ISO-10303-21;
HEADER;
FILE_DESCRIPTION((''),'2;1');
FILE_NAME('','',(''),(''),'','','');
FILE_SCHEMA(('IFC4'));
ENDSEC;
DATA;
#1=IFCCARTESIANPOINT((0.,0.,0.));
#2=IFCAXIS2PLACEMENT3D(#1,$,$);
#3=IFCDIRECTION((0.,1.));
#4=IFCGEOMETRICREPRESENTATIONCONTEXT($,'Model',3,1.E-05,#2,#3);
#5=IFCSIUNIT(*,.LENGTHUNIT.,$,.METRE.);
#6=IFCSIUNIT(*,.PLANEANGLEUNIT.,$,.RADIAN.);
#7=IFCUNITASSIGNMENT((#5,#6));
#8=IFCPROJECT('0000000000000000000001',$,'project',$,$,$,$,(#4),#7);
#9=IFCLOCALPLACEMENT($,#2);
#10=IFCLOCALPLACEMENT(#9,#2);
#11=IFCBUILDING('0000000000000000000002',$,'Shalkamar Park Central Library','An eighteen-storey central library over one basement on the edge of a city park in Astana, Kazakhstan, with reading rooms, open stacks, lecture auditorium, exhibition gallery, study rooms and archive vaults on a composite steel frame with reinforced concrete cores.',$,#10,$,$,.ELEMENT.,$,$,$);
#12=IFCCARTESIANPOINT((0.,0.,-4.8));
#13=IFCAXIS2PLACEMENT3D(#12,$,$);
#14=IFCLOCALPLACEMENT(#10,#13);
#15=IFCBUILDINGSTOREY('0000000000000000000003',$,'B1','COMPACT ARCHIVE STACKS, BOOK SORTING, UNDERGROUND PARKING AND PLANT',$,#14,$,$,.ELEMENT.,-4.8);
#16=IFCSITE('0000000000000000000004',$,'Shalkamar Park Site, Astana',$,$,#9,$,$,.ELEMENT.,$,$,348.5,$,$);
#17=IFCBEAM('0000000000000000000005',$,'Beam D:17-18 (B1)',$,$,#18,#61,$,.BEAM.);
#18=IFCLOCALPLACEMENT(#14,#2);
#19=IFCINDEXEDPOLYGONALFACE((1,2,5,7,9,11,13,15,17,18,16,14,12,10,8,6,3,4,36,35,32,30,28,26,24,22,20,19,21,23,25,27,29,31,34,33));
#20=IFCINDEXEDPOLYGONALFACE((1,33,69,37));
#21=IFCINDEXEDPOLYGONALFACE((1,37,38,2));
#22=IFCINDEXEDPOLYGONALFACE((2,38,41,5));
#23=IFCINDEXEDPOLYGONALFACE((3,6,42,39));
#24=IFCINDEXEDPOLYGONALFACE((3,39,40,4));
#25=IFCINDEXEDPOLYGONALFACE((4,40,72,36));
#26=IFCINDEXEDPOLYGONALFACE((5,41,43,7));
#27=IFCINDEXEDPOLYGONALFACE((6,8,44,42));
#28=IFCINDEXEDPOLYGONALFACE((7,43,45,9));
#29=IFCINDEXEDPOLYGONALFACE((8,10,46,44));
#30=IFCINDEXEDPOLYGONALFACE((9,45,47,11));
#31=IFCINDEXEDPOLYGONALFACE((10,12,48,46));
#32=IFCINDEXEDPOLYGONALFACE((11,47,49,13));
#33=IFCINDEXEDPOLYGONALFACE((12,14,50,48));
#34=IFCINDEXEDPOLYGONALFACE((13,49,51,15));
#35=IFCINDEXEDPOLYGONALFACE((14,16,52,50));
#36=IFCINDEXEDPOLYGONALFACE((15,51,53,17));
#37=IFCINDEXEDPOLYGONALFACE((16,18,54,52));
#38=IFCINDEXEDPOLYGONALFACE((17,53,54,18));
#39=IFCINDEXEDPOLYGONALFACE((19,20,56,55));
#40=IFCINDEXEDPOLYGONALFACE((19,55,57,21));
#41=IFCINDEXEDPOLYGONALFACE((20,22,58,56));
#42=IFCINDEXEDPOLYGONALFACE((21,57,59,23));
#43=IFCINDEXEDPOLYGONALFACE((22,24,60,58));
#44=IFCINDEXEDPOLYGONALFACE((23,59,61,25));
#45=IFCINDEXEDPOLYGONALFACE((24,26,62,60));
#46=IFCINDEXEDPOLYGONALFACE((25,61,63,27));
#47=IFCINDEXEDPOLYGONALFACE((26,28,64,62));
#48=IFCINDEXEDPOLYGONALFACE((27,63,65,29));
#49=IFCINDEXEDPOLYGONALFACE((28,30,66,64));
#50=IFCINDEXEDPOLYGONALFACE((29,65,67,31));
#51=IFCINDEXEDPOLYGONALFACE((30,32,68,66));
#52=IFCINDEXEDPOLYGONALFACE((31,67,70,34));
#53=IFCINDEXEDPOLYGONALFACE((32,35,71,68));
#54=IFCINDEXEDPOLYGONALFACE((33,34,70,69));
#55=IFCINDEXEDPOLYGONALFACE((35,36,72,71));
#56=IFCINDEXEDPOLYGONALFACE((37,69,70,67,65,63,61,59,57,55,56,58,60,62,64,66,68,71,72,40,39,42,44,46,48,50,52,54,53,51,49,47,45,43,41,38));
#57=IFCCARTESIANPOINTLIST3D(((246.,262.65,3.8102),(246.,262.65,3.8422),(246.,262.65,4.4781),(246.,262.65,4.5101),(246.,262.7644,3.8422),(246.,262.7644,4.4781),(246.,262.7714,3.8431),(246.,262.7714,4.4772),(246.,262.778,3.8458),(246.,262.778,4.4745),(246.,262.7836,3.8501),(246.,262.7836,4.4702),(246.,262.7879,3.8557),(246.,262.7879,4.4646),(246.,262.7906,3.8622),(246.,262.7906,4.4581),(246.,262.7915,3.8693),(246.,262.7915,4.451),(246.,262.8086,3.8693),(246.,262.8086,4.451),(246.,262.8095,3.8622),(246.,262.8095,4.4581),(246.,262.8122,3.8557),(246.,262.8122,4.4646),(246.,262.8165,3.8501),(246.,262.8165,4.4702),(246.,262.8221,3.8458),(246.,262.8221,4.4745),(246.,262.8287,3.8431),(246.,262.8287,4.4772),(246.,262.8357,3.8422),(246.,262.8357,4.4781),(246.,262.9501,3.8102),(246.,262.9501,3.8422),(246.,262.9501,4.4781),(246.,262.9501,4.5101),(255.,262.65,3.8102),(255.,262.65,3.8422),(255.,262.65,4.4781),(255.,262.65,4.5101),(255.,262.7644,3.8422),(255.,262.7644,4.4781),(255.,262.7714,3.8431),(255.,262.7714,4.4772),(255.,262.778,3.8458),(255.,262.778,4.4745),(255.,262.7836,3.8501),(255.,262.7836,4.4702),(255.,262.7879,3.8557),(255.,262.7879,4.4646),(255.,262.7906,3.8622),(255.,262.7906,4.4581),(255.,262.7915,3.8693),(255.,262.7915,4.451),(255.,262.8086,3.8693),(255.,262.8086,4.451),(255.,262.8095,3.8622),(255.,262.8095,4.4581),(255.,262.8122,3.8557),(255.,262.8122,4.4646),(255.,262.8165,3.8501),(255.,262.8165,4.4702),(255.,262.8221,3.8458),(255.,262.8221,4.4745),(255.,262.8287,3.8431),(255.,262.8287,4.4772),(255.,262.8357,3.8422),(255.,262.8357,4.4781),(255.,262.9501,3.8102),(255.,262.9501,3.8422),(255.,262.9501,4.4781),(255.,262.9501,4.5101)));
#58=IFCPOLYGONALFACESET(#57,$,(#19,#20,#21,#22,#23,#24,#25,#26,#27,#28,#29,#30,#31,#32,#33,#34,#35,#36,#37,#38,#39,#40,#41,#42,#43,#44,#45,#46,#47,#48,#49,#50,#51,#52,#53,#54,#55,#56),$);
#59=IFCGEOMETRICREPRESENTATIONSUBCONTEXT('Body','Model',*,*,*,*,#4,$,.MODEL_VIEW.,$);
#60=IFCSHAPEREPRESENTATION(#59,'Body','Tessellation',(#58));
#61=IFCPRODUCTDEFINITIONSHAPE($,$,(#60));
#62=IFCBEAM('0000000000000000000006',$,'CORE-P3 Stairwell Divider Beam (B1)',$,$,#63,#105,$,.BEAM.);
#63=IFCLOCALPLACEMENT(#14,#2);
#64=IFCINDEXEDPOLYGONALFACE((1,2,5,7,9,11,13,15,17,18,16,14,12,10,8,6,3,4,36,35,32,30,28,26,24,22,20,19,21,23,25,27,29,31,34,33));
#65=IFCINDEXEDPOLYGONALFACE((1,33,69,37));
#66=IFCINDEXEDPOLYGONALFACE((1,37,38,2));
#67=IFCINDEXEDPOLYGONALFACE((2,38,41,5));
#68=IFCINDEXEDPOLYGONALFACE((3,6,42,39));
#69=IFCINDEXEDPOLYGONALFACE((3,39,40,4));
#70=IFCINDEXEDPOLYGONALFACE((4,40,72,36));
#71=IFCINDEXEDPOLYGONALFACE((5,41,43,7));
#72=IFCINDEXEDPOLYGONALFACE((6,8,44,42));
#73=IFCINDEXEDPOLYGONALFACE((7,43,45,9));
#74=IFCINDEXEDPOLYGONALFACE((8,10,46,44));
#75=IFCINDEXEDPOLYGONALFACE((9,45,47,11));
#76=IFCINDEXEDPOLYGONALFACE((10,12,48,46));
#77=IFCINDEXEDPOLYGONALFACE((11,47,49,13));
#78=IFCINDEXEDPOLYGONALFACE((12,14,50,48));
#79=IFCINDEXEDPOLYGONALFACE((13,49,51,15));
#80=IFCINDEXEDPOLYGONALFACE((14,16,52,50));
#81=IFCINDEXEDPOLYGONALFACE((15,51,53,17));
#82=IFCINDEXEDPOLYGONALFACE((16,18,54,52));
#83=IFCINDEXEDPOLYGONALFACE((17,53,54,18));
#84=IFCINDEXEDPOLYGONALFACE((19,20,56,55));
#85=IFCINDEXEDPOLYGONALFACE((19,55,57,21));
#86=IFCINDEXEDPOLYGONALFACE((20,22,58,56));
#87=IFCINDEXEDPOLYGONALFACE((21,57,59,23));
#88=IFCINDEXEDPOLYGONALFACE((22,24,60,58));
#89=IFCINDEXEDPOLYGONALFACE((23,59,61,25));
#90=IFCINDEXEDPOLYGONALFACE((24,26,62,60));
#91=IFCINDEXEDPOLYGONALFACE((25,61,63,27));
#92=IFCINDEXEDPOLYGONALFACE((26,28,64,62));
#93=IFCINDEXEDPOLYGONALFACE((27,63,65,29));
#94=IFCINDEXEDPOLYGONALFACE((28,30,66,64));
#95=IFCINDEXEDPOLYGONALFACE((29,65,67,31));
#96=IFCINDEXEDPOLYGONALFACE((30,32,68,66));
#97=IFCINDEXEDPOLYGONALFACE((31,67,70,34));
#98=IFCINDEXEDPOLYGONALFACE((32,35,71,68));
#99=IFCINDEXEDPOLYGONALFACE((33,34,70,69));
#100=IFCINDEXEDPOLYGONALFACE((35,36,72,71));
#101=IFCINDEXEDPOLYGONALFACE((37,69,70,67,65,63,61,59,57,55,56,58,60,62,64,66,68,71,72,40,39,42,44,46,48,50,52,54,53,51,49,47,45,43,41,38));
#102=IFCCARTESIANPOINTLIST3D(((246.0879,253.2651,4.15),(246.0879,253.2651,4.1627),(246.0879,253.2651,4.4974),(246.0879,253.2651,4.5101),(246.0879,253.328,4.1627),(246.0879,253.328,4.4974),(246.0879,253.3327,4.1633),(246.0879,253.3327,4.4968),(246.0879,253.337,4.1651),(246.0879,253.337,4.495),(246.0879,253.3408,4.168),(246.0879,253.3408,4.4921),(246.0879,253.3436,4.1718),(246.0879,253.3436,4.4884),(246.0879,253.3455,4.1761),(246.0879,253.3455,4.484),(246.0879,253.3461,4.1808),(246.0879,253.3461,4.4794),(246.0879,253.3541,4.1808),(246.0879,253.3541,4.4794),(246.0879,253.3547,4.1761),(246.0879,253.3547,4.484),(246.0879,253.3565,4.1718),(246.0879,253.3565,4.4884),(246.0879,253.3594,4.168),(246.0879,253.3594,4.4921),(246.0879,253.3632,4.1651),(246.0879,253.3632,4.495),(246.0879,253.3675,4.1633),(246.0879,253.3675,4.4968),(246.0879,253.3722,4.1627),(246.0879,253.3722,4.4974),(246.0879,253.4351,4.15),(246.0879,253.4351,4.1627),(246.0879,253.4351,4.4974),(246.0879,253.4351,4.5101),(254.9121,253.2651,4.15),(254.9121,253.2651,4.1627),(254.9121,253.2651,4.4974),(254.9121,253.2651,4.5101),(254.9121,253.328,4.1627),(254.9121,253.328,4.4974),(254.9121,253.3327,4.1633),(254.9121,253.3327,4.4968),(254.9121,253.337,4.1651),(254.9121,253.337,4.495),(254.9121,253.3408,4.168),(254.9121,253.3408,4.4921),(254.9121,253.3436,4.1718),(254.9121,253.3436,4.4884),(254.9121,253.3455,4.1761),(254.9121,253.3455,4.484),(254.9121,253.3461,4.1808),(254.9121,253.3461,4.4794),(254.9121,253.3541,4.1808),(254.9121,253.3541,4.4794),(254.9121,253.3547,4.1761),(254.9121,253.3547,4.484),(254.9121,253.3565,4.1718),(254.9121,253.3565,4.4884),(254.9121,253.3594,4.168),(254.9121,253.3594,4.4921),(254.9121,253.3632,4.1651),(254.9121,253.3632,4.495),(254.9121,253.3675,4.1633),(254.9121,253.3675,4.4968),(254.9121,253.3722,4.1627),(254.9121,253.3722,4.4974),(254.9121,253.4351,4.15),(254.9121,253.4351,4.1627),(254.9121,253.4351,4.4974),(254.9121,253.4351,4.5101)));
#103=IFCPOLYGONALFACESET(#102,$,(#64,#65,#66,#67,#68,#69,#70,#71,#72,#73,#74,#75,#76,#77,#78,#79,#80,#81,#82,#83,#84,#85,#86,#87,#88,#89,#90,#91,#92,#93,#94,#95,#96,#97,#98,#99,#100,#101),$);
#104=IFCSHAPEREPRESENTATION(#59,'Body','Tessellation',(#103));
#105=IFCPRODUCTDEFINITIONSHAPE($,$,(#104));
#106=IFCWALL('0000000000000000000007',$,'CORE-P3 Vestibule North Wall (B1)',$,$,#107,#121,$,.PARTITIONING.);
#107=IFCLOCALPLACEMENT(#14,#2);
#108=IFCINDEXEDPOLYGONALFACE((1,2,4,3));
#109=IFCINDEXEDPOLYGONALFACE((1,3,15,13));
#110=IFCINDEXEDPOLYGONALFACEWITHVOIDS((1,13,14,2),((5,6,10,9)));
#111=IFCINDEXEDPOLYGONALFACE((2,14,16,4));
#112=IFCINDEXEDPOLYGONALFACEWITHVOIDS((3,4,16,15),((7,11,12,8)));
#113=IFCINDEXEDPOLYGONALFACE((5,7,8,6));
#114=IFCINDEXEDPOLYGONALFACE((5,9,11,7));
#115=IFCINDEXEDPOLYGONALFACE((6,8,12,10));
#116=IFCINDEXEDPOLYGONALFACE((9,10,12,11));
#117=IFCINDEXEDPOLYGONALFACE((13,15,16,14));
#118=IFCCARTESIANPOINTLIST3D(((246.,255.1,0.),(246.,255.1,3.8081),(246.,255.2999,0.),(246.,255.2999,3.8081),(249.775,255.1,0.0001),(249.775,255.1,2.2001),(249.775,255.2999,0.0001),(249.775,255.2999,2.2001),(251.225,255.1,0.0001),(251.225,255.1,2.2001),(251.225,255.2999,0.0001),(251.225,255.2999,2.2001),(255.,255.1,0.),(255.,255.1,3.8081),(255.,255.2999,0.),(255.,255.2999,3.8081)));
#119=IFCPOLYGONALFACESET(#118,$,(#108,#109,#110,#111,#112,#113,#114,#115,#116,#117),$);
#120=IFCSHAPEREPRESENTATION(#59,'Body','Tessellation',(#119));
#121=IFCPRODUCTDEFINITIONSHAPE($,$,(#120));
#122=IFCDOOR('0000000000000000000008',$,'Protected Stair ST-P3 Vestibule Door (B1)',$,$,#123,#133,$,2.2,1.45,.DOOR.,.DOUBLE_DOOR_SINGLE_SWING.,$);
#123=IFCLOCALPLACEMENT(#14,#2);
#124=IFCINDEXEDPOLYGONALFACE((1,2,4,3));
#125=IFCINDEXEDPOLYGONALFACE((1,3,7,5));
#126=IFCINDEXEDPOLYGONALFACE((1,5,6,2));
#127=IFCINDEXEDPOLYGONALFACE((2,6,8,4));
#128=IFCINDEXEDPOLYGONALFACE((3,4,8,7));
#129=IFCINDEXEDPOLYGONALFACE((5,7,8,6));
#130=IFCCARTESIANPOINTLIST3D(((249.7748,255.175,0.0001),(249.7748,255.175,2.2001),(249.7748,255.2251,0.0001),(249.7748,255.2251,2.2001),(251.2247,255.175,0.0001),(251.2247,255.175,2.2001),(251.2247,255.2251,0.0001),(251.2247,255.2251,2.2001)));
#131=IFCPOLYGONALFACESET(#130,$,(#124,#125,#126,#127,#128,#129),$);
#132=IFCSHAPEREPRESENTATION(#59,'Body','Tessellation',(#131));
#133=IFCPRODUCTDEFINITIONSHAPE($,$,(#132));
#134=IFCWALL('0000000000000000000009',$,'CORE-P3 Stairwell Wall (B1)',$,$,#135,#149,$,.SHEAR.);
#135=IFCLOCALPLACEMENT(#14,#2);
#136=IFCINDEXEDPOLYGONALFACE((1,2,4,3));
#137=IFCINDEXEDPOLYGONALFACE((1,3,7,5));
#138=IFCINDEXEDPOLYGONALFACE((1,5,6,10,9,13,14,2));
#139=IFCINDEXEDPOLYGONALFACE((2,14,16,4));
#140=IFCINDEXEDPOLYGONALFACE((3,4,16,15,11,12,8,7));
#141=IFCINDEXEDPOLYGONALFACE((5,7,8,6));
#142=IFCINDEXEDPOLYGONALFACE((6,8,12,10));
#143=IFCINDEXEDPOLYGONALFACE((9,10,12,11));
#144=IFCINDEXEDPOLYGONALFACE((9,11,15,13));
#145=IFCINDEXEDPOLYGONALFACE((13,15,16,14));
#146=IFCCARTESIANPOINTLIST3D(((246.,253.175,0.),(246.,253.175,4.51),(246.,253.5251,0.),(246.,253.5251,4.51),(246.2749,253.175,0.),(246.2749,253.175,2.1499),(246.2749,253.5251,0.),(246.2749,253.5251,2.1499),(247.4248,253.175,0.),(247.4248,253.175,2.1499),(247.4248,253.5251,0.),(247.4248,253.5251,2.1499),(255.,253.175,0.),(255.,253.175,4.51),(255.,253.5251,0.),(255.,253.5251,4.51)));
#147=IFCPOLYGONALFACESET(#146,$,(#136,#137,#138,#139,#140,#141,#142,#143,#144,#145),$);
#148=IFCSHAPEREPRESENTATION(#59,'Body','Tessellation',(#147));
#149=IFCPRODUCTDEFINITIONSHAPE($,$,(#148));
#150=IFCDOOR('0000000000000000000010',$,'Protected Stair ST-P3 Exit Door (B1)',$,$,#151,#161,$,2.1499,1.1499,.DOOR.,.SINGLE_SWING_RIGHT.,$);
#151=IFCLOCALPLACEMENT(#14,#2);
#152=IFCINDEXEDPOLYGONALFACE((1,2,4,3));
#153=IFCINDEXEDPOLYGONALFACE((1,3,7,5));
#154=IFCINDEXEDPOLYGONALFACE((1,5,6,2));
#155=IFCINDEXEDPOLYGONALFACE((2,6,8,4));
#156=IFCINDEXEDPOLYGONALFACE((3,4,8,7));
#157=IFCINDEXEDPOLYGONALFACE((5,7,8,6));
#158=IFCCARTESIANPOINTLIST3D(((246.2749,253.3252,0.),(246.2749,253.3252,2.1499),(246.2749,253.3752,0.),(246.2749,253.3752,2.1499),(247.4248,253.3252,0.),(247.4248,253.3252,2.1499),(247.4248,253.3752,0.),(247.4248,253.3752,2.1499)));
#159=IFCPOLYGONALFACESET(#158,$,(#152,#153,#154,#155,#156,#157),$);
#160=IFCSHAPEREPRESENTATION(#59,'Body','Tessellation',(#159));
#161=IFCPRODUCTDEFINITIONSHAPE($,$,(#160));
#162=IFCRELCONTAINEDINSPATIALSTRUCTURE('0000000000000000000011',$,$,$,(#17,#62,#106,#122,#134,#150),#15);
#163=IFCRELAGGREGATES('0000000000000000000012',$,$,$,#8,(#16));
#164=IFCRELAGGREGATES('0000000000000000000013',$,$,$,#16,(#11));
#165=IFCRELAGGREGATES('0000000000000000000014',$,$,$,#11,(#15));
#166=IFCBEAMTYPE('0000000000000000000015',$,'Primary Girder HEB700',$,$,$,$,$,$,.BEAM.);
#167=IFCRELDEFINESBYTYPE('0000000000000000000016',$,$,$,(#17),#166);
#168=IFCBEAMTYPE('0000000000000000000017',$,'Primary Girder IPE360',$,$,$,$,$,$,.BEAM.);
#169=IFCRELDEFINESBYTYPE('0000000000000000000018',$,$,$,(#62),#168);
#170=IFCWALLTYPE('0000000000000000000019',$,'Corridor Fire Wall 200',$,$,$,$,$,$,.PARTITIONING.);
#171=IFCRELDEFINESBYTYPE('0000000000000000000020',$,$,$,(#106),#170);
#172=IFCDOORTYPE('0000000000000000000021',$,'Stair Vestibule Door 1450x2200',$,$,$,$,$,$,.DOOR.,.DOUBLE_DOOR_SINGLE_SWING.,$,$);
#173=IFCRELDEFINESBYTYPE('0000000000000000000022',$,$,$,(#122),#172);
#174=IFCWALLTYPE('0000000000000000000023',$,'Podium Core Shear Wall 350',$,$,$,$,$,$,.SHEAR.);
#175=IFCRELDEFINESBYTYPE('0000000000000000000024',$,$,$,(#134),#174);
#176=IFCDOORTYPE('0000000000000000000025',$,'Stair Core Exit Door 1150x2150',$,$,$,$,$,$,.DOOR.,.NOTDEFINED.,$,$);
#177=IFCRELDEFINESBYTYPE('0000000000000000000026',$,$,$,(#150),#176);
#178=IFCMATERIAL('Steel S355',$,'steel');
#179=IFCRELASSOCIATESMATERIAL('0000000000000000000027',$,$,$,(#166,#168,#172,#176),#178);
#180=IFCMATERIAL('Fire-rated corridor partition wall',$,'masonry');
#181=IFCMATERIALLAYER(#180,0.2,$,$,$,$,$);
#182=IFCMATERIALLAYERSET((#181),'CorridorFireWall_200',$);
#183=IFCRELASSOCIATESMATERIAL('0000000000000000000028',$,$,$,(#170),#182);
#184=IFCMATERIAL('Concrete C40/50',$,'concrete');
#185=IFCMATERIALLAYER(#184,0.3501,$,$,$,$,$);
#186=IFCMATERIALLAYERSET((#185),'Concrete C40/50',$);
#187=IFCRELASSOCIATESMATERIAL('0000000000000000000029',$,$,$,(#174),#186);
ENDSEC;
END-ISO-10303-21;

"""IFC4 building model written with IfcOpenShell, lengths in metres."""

from ifc_helpers import new_model, si_unit, direction, frame, frame_2d, origin, origin_2d, place, context, subcontext, project, spatial, rectangle, i_section, extrude, material, layer, layer_set, material_profile, profile_set, type_object, element, fill, save


model = new_model("IFC4")

# Units and contexts
model_context = context("Model", 3, precision=1e-05, world=origin(), true_north=direction((0.0, 1.0)))
body_context = subcontext(model_context, "Body", "Model", "MODEL_VIEW")
ifc_project = project(units=[si_unit("LENGTHUNIT", "METRE"), si_unit("PLANEANGLEUNIT", "RADIAN")], contexts=[model_context])

# Site, building, storey
site_placement = place(None, origin())
site = spatial("IfcSite", under=ifc_project, at=site_placement, Name="Shalkamar Park Site, Astana", CompositionType="ELEMENT", RefElevation=348.5)
building_placement = place(site_placement, origin())
building = spatial("IfcBuilding", under=site, at=building_placement, Name="Shalkamar Park Central Library", Description="An eighteen-storey central library over one basement on the edge of a city park in Astana, Kazakhstan, with reading rooms, open stacks, lecture auditorium, exhibition gallery, study rooms and archive vaults on a composite steel frame with reinforced concrete cores.", CompositionType="ELEMENT")
storey_placement = place(building_placement, frame((0.0, 0.0, -4.8)))
storey = spatial("IfcBuildingStorey", under=building, at=storey_placement, Name="B1", Description="COMPACT ARCHIVE STACKS, BOOK SORTING, UNDERGROUND PARKING AND PLANT", CompositionType="ELEMENT", Elevation=-4.8)

# Shared definitions
ifc_material_1 = material(Name="Concrete C40/50", Category="concrete")
ifc_material_2 = material(Name="Steel S355", Category="steel")

# Beams
ifc_material_profile_1 = material_profile(ifc_material_2, i_section(OverallWidth=0.3, OverallDepth=0.7, WebThickness=0.0171, FlangeThickness=0.032, FilletRadius=0.0271, at=origin_2d()), Name="HEB 700")
ifc_profile_set_1 = profile_set([ifc_material_profile_1], Name="Steel S355")
beam_type_1 = type_object("IfcBeamType", Name="Primary Girder HEB700", PredefinedType="BEAM", material=ifc_profile_set_1)
for number, where, z_axis, x_axis, name in (
    (1, (246.0, 262.8, 4.1602), (1.0, 0.0, 0.0), (0.0, 1.0, 0.0), "Beam D:17-18 (B1)"),
):
    element("IfcBeam", number, at=place(storey_placement, frame(where, z_axis=z_axis, x_axis=x_axis)), inside=storey, type_object=beam_type_1, Name=name, PredefinedType="BEAM", context=body_context, shape_type="SweptSolid", body=[
        extrude(i_section(OverallWidth=0.3, OverallDepth=0.7, WebThickness=0.0171, FlangeThickness=0.032, FilletRadius=0.0271, at=origin_2d()), origin(), (0.0, 0.0, 1.0), 9.0),
    ])
ifc_material_profile_2 = material_profile(ifc_material_2, i_section(OverallWidth=0.1699, OverallDepth=0.3601, WebThickness=0.0081, FlangeThickness=0.0127, FilletRadius=0.0181, at=origin_2d()), Name="IPE 360")
ifc_profile_set_2 = profile_set([ifc_material_profile_2], Name="Steel S355")
beam_type_2 = type_object("IfcBeamType", Name="Primary Girder IPE360", PredefinedType="BEAM", material=ifc_profile_set_2)
beam_1_placement = place(storey_placement, frame((246.0879, 253.3501, 4.3301), z_axis=(1.0, 0.0, 0.0), x_axis=(0.0, 1.0, 0.0)))
element("IfcBeam", 2, at=beam_1_placement, inside=storey, type_object=beam_type_2, Name="CORE-P3 Stairwell Divider Beam (B1)", PredefinedType="BEAM", context=body_context, shape_type="SweptSolid", body=[
    extrude(i_section(OverallWidth=0.1699, OverallDepth=0.3601, WebThickness=0.0081, FlangeThickness=0.0127, FilletRadius=0.0181, at=origin_2d()), origin(), (0.0, 0.0, 1.0), 8.8242),
])

# Walls, openings, doors
ifc_material_3 = material(Name="Fire-rated corridor partition wall", Category="masonry")
ifc_layer_1 = layer(ifc_material_3, 0.2)
ifc_layer_set_1 = layer_set([ifc_layer_1], Name="CorridorFireWall_200")
wall_type_1 = type_object("IfcWallType", Name="Corridor Fire Wall 200", PredefinedType="PARTITIONING", material=ifc_layer_set_1)
wall_1_placement = place(storey_placement, frame((246.0, 255.2, 0.0), z_axis=(0.0, 0.0, 1.0), x_axis=(1.0, 0.0, 0.0)))
wall_1 = element("IfcWall", 3, at=wall_1_placement, inside=storey, type_object=wall_type_1, Name="CORE-P3 Vestibule North Wall (B1)", PredefinedType="PARTITIONING", context=body_context, shape_type="SweptSolid", body=[
    extrude(rectangle(XDim=9.0, YDim=0.2, at=frame_2d((4.5, 0.0))), origin(), (0.0, 0.0, 1.0), 3.8081),
])
opening_1_placement = place(wall_1_placement, frame((3.7749, 0.0, 0.0)))
opening_1 = element("IfcOpeningElement", 4, at=opening_1_placement, cuts=wall_1, PredefinedType="OPENING", context=body_context, shape_type="SweptSolid", body=[
    extrude(rectangle(XDim=1.45, YDim=2.2, at=frame_2d((0.7251, 1.1001))), frame((0.0, 0.1147, 0.0), z_axis=(0.0, -1.0, 0.0), x_axis=(1.0, 0.0, 0.0)), (0.0, 0.0, 1.0), 0.2297),
])
door_type_1 = type_object("IfcDoorType", Name="Stair Vestibule Door 1450x2200", OperationType="DOUBLE_DOOR_SINGLE_SWING", PredefinedType="DOOR", material=ifc_material_2)
door_1_placement = place(opening_1_placement, frame((1.45, 0.0, 0.0), z_axis=(0.0, 0.0, 1.0), x_axis=(-1.0, 0.0, 0.0)))
door_1 = element("IfcDoor", 5, at=door_1_placement, inside=storey, type_object=door_type_1, Name="Protected Stair ST-P3 Vestibule Door (B1)", OperationType="DOUBLE_DOOR_SINGLE_SWING", OverallHeight=2.2, OverallWidth=1.45, PredefinedType="DOOR", context=body_context, shape_type="SweptSolid", body=[
    extrude(rectangle(XDim=1.45, YDim=2.2, at=frame_2d((0.7251, 1.1001))), frame((0.0, 0.0249, 0.0), z_axis=(0.0, -1.0, 0.0), x_axis=(1.0, 0.0, 0.0)), (0.0, 0.0, 1.0), 0.05),
])
fill(opening_1, door_1)
ifc_layer_2 = layer(ifc_material_1, 0.3501)
ifc_layer_set_2 = layer_set([ifc_layer_2], Name="Concrete C40/50")
wall_type_2 = type_object("IfcWallType", Name="Podium Core Shear Wall 350", PredefinedType="SHEAR", material=ifc_layer_set_2)
wall_2_placement = place(storey_placement, frame((246.0, 253.3501, 0.0), z_axis=(0.0, 0.0, 1.0), x_axis=(1.0, 0.0, 0.0)))
wall_2 = element("IfcWall", 6, at=wall_2_placement, inside=storey, type_object=wall_type_2, Name="CORE-P3 Stairwell Wall (B1)", PredefinedType="SHEAR", context=body_context, shape_type="SweptSolid", body=[
    extrude(rectangle(XDim=9.0, YDim=0.3501, at=frame_2d((4.5, 0.0))), origin(), (0.0, 0.0, 1.0), 4.51),
])
opening_2_placement = place(wall_2_placement, frame((0.2749, 0.0, 0.0)))
opening_2 = element("IfcOpeningElement", 7, at=opening_2_placement, cuts=wall_2, PredefinedType="OPENING", context=body_context, shape_type="SweptSolid", body=[
    extrude(rectangle(XDim=1.1499, YDim=2.1499, at=frame_2d((0.575, 1.075))), frame((0.0, 0.1899, 0.0), z_axis=(0.0, -1.0, 0.0), x_axis=(1.0, 0.0, 0.0)), (0.0, 0.0, 1.0), 0.3799),
])
door_type_2 = type_object("IfcDoorType", Name="Stair Core Exit Door 1150x2150", OperationType="NOTDEFINED", PredefinedType="DOOR", material=ifc_material_2)
door_2_placement = place(opening_2_placement, frame((1.1499, 0.0, 0.0), z_axis=(0.0, 0.0, 1.0), x_axis=(-1.0, 0.0, 0.0)))
door_2 = element("IfcDoor", 8, at=door_2_placement, inside=storey, type_object=door_type_2, Name="Protected Stair ST-P3 Exit Door (B1)", OperationType="SINGLE_SWING_RIGHT", OverallHeight=2.1499, OverallWidth=1.1499, PredefinedType="DOOR", context=body_context, shape_type="SweptSolid", body=[
    extrude(rectangle(XDim=1.1499, YDim=2.1499, at=frame_2d((0.575, 1.075))), frame((0.0, 0.0249, 0.0), z_axis=(0.0, -1.0, 0.0), x_axis=(1.0, 0.0, 0.0)), (0.0, 0.0, 1.0), 0.05),
])
fill(opening_2, door_2)

save(model, "model.ifc")
